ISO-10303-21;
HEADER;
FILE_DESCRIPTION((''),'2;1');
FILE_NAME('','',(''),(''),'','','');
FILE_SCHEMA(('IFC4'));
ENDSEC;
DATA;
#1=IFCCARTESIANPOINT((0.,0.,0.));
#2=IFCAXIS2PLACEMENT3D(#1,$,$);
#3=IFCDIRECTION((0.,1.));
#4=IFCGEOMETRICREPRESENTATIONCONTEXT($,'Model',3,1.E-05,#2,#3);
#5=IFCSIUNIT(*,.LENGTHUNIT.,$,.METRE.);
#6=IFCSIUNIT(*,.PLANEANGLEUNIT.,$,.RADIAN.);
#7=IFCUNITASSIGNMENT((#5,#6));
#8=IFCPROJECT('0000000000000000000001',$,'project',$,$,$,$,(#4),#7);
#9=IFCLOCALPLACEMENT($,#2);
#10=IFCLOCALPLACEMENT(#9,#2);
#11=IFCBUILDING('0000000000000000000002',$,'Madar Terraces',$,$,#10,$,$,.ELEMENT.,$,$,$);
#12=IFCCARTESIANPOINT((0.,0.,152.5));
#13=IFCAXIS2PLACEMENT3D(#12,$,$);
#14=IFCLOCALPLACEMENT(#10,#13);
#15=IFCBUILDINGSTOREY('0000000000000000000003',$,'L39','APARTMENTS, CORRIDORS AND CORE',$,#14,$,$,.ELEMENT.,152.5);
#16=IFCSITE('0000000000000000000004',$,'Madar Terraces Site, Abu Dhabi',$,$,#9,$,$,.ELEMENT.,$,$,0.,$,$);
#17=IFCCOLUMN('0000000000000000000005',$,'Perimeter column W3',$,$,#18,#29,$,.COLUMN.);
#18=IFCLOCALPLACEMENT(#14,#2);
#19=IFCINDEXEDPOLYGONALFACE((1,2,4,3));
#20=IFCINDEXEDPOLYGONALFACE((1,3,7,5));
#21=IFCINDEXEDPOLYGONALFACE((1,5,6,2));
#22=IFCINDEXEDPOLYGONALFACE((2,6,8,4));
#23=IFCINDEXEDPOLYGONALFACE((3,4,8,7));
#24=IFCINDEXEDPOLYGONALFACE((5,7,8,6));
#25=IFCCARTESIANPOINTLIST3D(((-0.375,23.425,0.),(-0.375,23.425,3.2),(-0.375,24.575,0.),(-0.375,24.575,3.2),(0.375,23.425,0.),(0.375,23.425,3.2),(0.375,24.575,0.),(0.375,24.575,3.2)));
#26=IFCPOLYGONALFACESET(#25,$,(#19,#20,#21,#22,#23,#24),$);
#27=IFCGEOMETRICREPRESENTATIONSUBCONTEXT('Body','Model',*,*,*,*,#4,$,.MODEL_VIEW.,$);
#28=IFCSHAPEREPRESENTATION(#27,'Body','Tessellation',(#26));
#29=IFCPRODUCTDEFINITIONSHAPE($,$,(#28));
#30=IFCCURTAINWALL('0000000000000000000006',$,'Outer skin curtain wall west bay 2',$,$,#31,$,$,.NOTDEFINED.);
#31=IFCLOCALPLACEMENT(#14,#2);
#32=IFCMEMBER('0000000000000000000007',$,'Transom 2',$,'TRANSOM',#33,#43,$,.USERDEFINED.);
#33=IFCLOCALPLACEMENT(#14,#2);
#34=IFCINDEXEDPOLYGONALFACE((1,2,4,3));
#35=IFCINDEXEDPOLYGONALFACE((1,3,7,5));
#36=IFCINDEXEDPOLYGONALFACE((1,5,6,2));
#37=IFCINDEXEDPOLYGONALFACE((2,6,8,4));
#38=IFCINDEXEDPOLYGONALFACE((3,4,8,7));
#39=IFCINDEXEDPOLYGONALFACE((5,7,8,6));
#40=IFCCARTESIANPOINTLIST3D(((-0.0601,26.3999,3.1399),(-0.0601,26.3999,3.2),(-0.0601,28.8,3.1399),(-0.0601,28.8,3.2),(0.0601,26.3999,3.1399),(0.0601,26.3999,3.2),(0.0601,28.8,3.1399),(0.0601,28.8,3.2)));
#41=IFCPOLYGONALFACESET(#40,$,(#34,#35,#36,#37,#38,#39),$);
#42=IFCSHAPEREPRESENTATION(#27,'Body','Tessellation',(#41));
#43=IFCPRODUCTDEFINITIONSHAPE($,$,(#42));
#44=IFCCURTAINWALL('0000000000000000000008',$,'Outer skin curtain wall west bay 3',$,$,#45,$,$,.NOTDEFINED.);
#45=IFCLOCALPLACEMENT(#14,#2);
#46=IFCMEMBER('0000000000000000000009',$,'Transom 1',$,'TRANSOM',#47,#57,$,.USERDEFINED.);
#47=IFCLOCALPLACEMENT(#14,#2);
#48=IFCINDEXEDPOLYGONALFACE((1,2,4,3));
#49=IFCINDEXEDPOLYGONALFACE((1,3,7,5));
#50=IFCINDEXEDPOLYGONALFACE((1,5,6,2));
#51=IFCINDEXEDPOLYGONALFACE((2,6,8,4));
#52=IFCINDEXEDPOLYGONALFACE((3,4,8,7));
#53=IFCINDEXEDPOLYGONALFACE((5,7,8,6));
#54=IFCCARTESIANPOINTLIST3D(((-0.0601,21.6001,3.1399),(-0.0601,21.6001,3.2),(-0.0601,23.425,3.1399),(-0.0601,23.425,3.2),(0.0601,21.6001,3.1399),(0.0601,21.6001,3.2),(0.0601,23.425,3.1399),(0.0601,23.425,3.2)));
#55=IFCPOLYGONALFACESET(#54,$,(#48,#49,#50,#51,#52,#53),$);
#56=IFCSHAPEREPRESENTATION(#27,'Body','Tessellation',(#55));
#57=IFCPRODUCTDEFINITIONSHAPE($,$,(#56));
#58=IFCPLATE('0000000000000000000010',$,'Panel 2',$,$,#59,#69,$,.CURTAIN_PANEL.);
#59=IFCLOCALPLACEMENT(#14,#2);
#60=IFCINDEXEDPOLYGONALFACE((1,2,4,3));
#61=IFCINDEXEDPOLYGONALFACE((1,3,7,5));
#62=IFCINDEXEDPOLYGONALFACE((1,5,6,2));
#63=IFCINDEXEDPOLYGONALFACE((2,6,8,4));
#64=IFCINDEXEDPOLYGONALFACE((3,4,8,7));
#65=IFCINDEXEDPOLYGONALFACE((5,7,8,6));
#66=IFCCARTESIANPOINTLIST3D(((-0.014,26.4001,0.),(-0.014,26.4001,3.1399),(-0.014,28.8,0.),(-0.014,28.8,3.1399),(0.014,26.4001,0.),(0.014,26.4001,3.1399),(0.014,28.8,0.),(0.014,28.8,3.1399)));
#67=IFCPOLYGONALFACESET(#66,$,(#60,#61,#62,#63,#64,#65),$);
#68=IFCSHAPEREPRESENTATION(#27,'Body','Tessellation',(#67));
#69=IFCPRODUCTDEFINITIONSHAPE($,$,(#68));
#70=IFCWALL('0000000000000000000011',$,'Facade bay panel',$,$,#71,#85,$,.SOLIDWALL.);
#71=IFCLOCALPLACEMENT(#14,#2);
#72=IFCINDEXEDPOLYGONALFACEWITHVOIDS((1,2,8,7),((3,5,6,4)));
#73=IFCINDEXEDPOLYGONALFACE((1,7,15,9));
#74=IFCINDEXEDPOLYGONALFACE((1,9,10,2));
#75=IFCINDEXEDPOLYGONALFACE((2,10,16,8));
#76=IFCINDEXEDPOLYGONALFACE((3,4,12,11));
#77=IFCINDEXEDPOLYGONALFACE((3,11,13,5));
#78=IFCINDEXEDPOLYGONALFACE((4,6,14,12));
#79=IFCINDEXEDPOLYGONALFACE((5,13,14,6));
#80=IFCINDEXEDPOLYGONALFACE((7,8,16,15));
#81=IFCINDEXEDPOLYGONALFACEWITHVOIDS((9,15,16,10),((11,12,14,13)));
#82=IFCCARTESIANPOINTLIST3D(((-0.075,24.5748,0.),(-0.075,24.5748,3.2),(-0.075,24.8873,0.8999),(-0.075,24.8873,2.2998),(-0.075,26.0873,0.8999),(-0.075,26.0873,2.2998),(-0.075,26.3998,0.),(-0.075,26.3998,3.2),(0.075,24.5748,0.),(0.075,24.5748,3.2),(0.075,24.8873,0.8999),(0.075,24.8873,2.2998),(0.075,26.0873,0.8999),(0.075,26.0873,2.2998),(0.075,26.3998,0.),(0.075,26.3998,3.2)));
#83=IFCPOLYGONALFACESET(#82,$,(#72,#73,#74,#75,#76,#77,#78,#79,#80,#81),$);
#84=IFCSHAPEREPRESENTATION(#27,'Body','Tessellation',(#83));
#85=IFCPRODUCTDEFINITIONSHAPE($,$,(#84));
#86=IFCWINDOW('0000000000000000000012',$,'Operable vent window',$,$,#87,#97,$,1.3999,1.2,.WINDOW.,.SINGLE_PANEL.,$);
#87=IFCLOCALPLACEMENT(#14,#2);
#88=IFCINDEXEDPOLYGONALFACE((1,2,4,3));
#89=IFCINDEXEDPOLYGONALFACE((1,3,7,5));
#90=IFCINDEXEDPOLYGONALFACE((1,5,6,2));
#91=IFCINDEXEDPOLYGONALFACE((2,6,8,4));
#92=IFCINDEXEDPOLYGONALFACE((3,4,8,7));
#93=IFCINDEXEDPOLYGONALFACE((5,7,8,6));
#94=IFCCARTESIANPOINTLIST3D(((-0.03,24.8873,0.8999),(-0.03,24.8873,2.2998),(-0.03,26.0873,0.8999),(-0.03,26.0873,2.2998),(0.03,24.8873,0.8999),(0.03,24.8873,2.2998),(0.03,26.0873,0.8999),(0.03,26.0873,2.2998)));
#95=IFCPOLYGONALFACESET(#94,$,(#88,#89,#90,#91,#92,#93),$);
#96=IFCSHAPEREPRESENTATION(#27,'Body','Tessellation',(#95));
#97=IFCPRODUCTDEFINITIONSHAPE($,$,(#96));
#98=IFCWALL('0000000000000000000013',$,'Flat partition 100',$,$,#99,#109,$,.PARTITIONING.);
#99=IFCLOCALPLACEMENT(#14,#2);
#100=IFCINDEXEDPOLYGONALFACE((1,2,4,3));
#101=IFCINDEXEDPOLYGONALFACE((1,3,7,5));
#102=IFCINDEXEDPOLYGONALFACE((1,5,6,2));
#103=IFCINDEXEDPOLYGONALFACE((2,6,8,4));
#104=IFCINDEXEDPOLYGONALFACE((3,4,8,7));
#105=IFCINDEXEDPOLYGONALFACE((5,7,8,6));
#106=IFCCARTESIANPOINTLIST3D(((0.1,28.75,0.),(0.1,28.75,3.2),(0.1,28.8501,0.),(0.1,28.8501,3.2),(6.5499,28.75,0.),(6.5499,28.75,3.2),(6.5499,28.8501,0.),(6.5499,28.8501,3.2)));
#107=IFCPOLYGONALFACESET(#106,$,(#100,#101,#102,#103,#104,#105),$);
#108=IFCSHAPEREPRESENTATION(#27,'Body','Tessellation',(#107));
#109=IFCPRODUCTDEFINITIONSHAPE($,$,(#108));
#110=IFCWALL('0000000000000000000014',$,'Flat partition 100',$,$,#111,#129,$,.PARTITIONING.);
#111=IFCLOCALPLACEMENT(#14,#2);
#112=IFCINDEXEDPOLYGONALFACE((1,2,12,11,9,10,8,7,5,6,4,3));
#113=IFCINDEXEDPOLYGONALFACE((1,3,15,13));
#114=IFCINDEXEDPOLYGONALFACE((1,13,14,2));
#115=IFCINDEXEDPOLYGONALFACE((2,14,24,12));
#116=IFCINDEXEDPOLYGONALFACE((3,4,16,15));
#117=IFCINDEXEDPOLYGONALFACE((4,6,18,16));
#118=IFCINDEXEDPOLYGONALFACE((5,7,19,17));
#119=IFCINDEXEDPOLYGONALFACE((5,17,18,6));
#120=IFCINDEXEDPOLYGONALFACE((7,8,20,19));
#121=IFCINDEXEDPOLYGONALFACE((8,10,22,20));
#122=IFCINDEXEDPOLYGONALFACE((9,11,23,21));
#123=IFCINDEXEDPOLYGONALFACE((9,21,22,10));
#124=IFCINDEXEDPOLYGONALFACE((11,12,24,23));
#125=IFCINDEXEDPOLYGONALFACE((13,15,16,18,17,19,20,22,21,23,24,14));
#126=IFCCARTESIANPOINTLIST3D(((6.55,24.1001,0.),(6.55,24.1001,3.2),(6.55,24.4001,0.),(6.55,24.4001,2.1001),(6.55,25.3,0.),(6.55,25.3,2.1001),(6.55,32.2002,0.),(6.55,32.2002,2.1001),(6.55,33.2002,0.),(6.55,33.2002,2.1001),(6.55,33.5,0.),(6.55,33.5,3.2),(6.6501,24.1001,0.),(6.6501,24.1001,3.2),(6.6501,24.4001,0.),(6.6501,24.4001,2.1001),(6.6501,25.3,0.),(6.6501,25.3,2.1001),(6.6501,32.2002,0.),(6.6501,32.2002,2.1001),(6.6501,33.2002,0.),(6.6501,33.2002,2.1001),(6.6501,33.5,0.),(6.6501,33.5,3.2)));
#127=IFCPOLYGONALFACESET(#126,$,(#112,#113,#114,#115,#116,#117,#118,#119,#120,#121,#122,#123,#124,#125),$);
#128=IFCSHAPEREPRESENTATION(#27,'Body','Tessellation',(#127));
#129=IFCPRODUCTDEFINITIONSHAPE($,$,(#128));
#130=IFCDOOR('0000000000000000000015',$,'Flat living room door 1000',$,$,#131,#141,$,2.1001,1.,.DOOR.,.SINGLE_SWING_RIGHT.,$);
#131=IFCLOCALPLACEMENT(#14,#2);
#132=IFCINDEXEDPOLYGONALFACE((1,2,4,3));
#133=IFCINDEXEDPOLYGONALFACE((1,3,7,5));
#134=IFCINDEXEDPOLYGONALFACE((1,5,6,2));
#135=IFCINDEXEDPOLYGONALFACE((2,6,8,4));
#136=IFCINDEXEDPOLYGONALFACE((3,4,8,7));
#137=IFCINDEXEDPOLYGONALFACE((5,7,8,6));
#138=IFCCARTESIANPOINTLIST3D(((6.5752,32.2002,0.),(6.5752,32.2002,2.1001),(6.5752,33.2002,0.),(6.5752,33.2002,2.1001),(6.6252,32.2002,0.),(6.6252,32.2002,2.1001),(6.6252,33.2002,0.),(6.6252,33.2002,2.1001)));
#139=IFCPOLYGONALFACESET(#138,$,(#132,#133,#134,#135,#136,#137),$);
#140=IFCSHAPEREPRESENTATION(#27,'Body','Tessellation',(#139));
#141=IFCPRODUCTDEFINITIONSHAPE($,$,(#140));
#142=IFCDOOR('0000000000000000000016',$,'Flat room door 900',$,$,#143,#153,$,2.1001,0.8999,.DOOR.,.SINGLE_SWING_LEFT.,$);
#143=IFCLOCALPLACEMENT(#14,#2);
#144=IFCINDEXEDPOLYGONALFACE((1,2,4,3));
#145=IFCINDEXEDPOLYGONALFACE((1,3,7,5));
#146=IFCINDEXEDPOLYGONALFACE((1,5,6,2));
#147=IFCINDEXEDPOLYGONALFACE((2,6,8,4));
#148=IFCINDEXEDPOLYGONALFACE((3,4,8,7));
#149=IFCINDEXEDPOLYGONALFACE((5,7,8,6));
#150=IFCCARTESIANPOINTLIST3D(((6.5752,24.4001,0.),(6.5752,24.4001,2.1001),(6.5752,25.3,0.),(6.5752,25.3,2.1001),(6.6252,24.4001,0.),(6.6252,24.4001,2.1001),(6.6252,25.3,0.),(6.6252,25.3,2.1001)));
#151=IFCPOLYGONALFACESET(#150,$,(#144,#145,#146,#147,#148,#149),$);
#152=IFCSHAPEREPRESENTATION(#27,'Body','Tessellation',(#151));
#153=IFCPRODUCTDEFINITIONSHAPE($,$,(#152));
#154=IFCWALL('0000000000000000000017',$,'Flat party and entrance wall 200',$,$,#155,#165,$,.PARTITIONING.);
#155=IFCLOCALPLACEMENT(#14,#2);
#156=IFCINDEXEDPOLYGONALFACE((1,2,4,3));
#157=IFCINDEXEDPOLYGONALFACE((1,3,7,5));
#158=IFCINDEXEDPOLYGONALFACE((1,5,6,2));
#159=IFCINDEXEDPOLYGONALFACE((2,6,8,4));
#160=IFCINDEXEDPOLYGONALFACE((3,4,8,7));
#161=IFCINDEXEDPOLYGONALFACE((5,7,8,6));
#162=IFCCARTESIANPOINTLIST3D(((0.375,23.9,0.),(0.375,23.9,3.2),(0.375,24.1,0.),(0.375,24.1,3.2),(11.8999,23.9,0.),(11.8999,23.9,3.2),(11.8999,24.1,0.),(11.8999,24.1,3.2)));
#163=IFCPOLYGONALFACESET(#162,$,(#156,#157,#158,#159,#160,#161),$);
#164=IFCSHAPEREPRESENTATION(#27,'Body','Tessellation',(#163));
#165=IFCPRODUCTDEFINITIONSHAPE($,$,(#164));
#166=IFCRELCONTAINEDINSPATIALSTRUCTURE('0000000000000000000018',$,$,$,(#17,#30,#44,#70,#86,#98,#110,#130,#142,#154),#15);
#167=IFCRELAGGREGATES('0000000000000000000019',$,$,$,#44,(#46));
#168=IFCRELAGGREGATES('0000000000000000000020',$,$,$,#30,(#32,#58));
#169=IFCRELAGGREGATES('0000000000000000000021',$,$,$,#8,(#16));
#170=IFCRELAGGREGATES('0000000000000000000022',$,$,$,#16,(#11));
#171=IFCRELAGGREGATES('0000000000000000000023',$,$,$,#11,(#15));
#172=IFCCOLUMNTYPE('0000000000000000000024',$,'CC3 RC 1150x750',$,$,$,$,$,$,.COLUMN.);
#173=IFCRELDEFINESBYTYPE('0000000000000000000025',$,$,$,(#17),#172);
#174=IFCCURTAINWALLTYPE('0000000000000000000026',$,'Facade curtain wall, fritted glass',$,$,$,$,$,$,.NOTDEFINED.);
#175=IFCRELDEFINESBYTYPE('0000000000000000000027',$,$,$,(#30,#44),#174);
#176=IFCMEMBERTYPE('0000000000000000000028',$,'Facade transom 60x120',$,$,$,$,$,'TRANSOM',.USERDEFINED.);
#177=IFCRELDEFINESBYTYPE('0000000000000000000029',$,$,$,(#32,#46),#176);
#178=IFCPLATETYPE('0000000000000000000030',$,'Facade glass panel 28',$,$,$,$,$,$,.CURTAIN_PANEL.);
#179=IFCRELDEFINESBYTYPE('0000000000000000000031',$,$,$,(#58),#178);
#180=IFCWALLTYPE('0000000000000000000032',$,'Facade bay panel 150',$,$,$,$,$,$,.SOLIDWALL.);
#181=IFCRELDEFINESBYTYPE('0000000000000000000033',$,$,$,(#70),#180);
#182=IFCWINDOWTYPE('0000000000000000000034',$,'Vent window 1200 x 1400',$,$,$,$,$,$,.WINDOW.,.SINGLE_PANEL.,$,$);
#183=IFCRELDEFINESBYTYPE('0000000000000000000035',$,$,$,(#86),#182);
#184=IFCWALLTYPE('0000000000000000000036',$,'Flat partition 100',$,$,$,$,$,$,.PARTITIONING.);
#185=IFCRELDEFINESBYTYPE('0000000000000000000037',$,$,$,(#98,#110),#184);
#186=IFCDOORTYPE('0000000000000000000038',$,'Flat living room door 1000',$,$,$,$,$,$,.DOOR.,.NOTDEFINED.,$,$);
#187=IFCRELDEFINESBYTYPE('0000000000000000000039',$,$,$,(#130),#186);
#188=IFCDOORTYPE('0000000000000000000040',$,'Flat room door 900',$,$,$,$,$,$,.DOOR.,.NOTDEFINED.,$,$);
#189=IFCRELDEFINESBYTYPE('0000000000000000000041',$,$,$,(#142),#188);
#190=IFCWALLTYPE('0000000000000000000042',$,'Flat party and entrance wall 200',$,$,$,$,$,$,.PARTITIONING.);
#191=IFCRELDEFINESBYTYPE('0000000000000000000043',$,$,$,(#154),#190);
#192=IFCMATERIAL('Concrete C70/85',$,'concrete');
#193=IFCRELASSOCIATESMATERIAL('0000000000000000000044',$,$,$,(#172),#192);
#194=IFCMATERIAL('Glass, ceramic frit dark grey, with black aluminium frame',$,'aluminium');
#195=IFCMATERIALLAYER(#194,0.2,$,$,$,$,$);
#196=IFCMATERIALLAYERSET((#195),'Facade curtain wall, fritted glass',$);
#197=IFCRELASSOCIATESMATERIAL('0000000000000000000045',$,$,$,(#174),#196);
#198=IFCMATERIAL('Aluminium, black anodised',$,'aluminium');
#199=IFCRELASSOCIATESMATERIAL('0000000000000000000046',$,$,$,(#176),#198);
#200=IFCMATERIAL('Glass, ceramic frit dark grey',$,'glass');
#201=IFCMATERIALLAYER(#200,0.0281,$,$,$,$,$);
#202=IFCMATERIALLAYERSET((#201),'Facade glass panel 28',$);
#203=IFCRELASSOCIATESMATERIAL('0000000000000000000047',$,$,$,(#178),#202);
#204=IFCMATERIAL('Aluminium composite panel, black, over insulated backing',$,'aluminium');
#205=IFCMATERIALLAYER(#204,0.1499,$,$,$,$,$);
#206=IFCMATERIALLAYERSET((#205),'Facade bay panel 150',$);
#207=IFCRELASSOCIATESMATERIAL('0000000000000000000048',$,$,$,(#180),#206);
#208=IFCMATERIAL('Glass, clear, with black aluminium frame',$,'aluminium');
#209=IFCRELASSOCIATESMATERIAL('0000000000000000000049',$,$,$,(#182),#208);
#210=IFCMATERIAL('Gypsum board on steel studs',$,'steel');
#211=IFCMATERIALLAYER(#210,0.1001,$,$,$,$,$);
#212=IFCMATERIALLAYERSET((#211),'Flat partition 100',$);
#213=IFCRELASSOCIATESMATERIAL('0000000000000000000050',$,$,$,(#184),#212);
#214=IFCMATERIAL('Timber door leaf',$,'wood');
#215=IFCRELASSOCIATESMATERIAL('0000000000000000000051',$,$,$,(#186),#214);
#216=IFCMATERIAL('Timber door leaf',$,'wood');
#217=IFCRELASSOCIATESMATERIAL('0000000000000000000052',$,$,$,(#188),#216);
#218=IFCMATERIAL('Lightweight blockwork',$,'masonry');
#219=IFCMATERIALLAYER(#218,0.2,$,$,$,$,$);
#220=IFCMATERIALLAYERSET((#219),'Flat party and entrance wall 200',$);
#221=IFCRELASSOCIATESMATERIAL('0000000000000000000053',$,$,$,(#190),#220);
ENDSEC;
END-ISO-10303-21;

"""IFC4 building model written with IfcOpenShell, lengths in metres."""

from ifc_helpers import new_model, si_unit, direction, frame, frame_2d, origin, origin_2d, place, context, subcontext, project, spatial, rectangle, extrude, material, layer, layer_set, material_profile, profile_set, type_object, element, fill, aggregate, save


model = new_model("IFC4")

# Units and contexts
model_context = context("Model", 3, precision=1e-05, world=origin(), true_north=direction((0.0, 1.0)))
body_context = subcontext(model_context, "Body", "Model", "MODEL_VIEW")
ifc_project = project(units=[si_unit("LENGTHUNIT", "METRE"), si_unit("PLANEANGLEUNIT", "RADIAN")], contexts=[model_context])

# Site, building, storey
site_placement = place(None, origin())
site = spatial("IfcSite", under=ifc_project, at=site_placement, Name="Madar Terraces Site, Abu Dhabi", CompositionType="ELEMENT", RefElevation=0.0)
building_placement = place(site_placement, origin())
building = spatial("IfcBuilding", under=site, at=building_placement, Name="Madar Terraces", CompositionType="ELEMENT")
storey_placement = place(building_placement, frame((0.0, 0.0, 152.5)))
storey = spatial("IfcBuildingStorey", under=building, at=storey_placement, Name="L39", Description="APARTMENTS, CORRIDORS AND CORE", CompositionType="ELEMENT", Elevation=152.5)

# Column
ifc_material_1 = material(Name="Concrete C70/85", Category="concrete")
ifc_material_profile_1 = material_profile(ifc_material_1, rectangle(XDim=1.1499, YDim=0.75, at=origin_2d()), Name="CC3 RC 1150x750")
ifc_profile_set_1 = profile_set([ifc_material_profile_1], Name="Concrete C70/85")
column_type = type_object("IfcColumnType", Name="CC3 RC 1150x750", PredefinedType="COLUMN", material=ifc_profile_set_1)
column_placement = place(storey_placement, frame((0.0, 24.0, 0.0), z_axis=(0.0, 0.0, 1.0), x_axis=(0.0, 1.0, 0.0)))
element("IfcColumn", 1, at=column_placement, inside=storey, type_object=column_type, Name="Perimeter column W3", PredefinedType="COLUMN", context=body_context, shape_type="SweptSolid", body=[
    extrude(rectangle(XDim=1.1499, YDim=0.75, at=origin_2d()), origin(), (0.0, 0.0, 1.0), 3.2),
])

# Curtain walls, members
ifc_material_2 = material(Name="Glass, ceramic frit dark grey, with black aluminium frame", Category="aluminium")
ifc_layer_1 = layer(ifc_material_2, 0.2)
ifc_layer_set_1 = layer_set([ifc_layer_1], Name="Facade curtain wall, fritted glass")
curtain_wall_type = type_object("IfcCurtainWallType", Name="Facade curtain wall, fritted glass", PredefinedType="NOTDEFINED", material=ifc_layer_set_1)
curtain_wall_1_placement = place(storey_placement, origin())
curtain_wall_1 = element("IfcCurtainWall", 2, at=curtain_wall_1_placement, inside=storey, type_object=curtain_wall_type, Name="Outer skin curtain wall west bay 2", PredefinedType="NOTDEFINED")
ifc_material_3 = material(Name="Aluminium, black anodised", Category="aluminium")
ifc_material_profile_2 = material_profile(ifc_material_3, rectangle(XDim=0.1201, YDim=0.0601, at=origin_2d()), Name="Facade transom 60x120")
ifc_profile_set_2 = profile_set([ifc_material_profile_2], Name="Aluminium, black anodised")
member_type = type_object("IfcMemberType", Name="Facade transom 60x120", ElementType="TRANSOM", PredefinedType="USERDEFINED", material=ifc_profile_set_2)
member_1_placement = place(storey_placement, frame((0.0, 28.8, 3.1699), z_axis=(0.0, -1.0, 0.0), x_axis=(1.0, 0.0, 0.0)))
member_1 = element("IfcMember", 3, at=member_1_placement, type_object=member_type, Name="Transom 2", ObjectType="TRANSOM", PredefinedType="USERDEFINED", context=body_context, shape_type="SweptSolid", body=[
    extrude(rectangle(XDim=0.1201, YDim=0.0601, at=origin_2d()), origin(), (0.0, 0.0, 1.0), 2.4001),
])
curtain_wall_2_placement = place(storey_placement, origin())
curtain_wall_2 = element("IfcCurtainWall", 4, at=curtain_wall_2_placement, inside=storey, type_object=curtain_wall_type, Name="Outer skin curtain wall west bay 3", PredefinedType="NOTDEFINED")
member_2_placement = place(storey_placement, frame((0.0, 23.425, 3.1699), z_axis=(0.0, -1.0, 0.0), x_axis=(1.0, 0.0, 0.0)))
member_2 = element("IfcMember", 5, at=member_2_placement, type_object=member_type, Name="Transom 1", ObjectType="TRANSOM", PredefinedType="USERDEFINED", context=body_context, shape_type="SweptSolid", body=[
    extrude(rectangle(XDim=0.1201, YDim=0.0601, at=origin_2d()), origin(), (0.0, 0.0, 1.0), 1.825),
])
aggregate(curtain_wall_2, [member_2])

# Plate
ifc_material_4 = material(Name="Glass, ceramic frit dark grey", Category="glass")
ifc_layer_2 = layer(ifc_material_4, 0.0281)
ifc_layer_set_2 = layer_set([ifc_layer_2], Name="Facade glass panel 28")
plate_type = type_object("IfcPlateType", Name="Facade glass panel 28", PredefinedType="CURTAIN_PANEL", material=ifc_layer_set_2)
plate_placement = place(storey_placement, frame((0.0, 27.6001, 0.0), z_axis=(0.0, 0.0, 1.0), x_axis=(0.0, -1.0, 0.0)))
plate = element("IfcPlate", 6, at=plate_placement, type_object=plate_type, Name="Panel 2", PredefinedType="CURTAIN_PANEL", context=body_context, shape_type="SweptSolid", body=[
    extrude(rectangle(XDim=2.3999, YDim=0.0281, at=origin_2d()), origin(), (0.0, 0.0, 1.0), 3.1399),
])
aggregate(curtain_wall_1, [member_1, plate])

# Shared definitions
ifc_material_5 = material(Name="Aluminium composite panel, black, over insulated backing", Category="aluminium")
ifc_layer_3 = layer(ifc_material_5, 0.1499)
ifc_layer_set_3 = layer_set([ifc_layer_3], Name="Facade bay panel 150")
wall_type_1 = type_object("IfcWallType", Name="Facade bay panel 150", PredefinedType="SOLIDWALL", material=ifc_layer_set_3)

# Wall, opening, window
wall_1_placement = place(storey_placement, frame((0.0, 26.3999, 0.0), z_axis=(0.0, 0.0, 1.0), x_axis=(0.0, -1.0, 0.0)))
wall_1 = element("IfcWall", 7, at=wall_1_placement, inside=storey, type_object=wall_type_1, Name="Facade bay panel", PredefinedType="SOLIDWALL", context=body_context, shape_type="SweptSolid", body=[
    extrude(rectangle(XDim=1.825, YDim=0.1499, at=frame_2d((0.9126, 0.0))), origin(), (0.0, 0.0, 1.0), 3.2),
])
opening_1_placement = place(wall_1_placement, frame((0.3125, 0.0, 0.8999)))
opening_1 = element("IfcOpeningElement", 8, at=opening_1_placement, cuts=wall_1, PredefinedType="OPENING", context=body_context, shape_type="SweptSolid", body=[
    extrude(rectangle(XDim=1.2, YDim=1.3999, at=frame_2d((0.6001, 0.7))), frame((0.0, 0.085, 0.0), z_axis=(0.0, -1.0, 0.0), x_axis=(1.0, 0.0, 0.0)), (0.0, 0.0, 1.0), 0.1699),
])
ifc_material_6 = material(Name="Glass, clear, with black aluminium frame", Category="aluminium")
window_type = type_object("IfcWindowType", Name="Vent window 1200 x 1400", PartitioningType="SINGLE_PANEL", PredefinedType="WINDOW", material=ifc_material_6)
window_placement = place(opening_1_placement, origin())
window = element("IfcWindow", 9, at=window_placement, inside=storey, type_object=window_type, Name="Operable vent window", OverallHeight=1.3999, OverallWidth=1.2, PartitioningType="SINGLE_PANEL", PredefinedType="WINDOW", context=body_context, shape_type="SweptSolid", body=[
    extrude(rectangle(XDim=1.2, YDim=1.3999, at=frame_2d((0.6001, 0.7))), frame((0.0, 0.03, 0.0), z_axis=(0.0, -1.0, 0.0), x_axis=(1.0, 0.0, 0.0)), (0.0, 0.0, 1.0), 0.0601),
])
fill(opening_1, window)

# Wall
ifc_material_7 = material(Name="Gypsum board on steel studs", Category="steel")
ifc_layer_4 = layer(ifc_material_7, 0.1001)
ifc_layer_set_4 = layer_set([ifc_layer_4], Name="Flat partition 100")
wall_type_2 = type_object("IfcWallType", Name="Flat partition 100", PredefinedType="PARTITIONING", material=ifc_layer_set_4)
wall_2_placement = place(storey_placement, frame((6.55, 28.8, 0.0), z_axis=(0.0, 0.0, 1.0), x_axis=(-1.0, 0.0, 0.0)))
element("IfcWall", 10, at=wall_2_placement, inside=storey, type_object=wall_type_2, Name="Flat partition 100", PredefinedType="PARTITIONING", context=body_context, shape_type="SweptSolid", body=[
    extrude(rectangle(XDim=6.45, YDim=0.1001, at=frame_2d((3.2251, 0.0))), origin(), (0.0, 0.0, 1.0), 3.2),
])

# Wall, openings, doors
wall_3_placement = place(storey_placement, frame((6.6001, 24.1001, 0.0), z_axis=(0.0, 0.0, 1.0), x_axis=(0.0, 1.0, 0.0)))
wall_3 = element("IfcWall", 11, at=wall_3_placement, inside=storey, type_object=wall_type_2, Name="Flat partition 100", PredefinedType="PARTITIONING", context=body_context, shape_type="SweptSolid", body=[
    extrude(rectangle(XDim=9.3999, YDim=0.1001, at=frame_2d((4.7, 0.0))), origin(), (0.0, 0.0, 1.0), 3.2),
])
opening_2_placement = place(wall_3_placement, frame((8.1001, 0.0, 0.0)))
opening_2 = element("IfcOpeningElement", 12, at=opening_2_placement, cuts=wall_3, PredefinedType="OPENING", context=body_context, shape_type="SweptSolid", body=[
    extrude(rectangle(XDim=1.0, YDim=2.1001, at=frame_2d((0.5, 1.05))), frame((0.0, 0.0601, 0.0), z_axis=(0.0, -1.0, 0.0), x_axis=(1.0, 0.0, 0.0)), (0.0, 0.0, 1.0), 0.1201),
])
opening_3_placement = place(wall_3_placement, frame((0.3, 0.0, 0.0)))
opening_3 = element("IfcOpeningElement", 13, at=opening_3_placement, cuts=wall_3, PredefinedType="OPENING", context=body_context, shape_type="SweptSolid", body=[
    extrude(rectangle(XDim=0.8999, YDim=2.1001, at=frame_2d((0.45, 1.05))), frame((0.0, 0.0601, 0.0), z_axis=(0.0, -1.0, 0.0), x_axis=(1.0, 0.0, 0.0)), (0.0, 0.0, 1.0), 0.1201),
])
ifc_material_8 = material(Name="Timber door leaf", Category="wood")
door_type_1 = type_object("IfcDoorType", Name="Flat living room door 1000", OperationType="NOTDEFINED", PredefinedType="DOOR", material=ifc_material_8)
door_1_placement = place(opening_2_placement, origin())
door_1 = element("IfcDoor", 14, at=door_1_placement, inside=storey, type_object=door_type_1, Name="Flat living room door 1000", OperationType="SINGLE_SWING_RIGHT", OverallHeight=2.1001, OverallWidth=1.0, PredefinedType="DOOR", context=body_context, shape_type="SweptSolid", body=[
    extrude(rectangle(XDim=1.0, YDim=2.1001, at=frame_2d((0.5, 1.05))), frame((0.0, 0.0249, 0.0), z_axis=(0.0, -1.0, 0.0), x_axis=(1.0, 0.0, 0.0)), (0.0, 0.0, 1.0), 0.05),
])
fill(opening_2, door_1)
ifc_material_9 = material(Name="Timber door leaf", Category="wood")
door_type_2 = type_object("IfcDoorType", Name="Flat room door 900", OperationType="NOTDEFINED", PredefinedType="DOOR", material=ifc_material_9)
door_2_placement = place(opening_3_placement, origin())
door_2 = element("IfcDoor", 15, at=door_2_placement, inside=storey, type_object=door_type_2, Name="Flat room door 900", OperationType="SINGLE_SWING_LEFT", OverallHeight=2.1001, OverallWidth=0.8999, PredefinedType="DOOR", context=body_context, shape_type="SweptSolid", body=[
    extrude(rectangle(XDim=0.8999, YDim=2.1001, at=frame_2d((0.45, 1.05))), frame((0.0, 0.0249, 0.0), z_axis=(0.0, -1.0, 0.0), x_axis=(1.0, 0.0, 0.0)), (0.0, 0.0, 1.0), 0.05),
])
fill(opening_3, door_2)

# Wall
ifc_material_10 = material(Name="Lightweight blockwork", Category="masonry")
ifc_layer_5 = layer(ifc_material_10, 0.2)
ifc_layer_set_5 = layer_set([ifc_layer_5], Name="Flat party and entrance wall 200")
wall_type_3 = type_object("IfcWallType", Name="Flat party and entrance wall 200", PredefinedType="PARTITIONING", material=ifc_layer_set_5)
wall_4_placement = place(storey_placement, frame((0.375, 24.0, 0.0), z_axis=(0.0, 0.0, 1.0), x_axis=(1.0, 0.0, 0.0)))
element("IfcWall", 16, at=wall_4_placement, inside=storey, type_object=wall_type_3, Name="Flat party and entrance wall 200", PredefinedType="PARTITIONING", context=body_context, shape_type="SweptSolid", body=[
    extrude(rectangle(XDim=11.5249, YDim=0.2, at=frame_2d((5.7625, 0.0))), origin(), (0.0, 0.0, 1.0), 3.2),
])

save(model, "model.ifc")
